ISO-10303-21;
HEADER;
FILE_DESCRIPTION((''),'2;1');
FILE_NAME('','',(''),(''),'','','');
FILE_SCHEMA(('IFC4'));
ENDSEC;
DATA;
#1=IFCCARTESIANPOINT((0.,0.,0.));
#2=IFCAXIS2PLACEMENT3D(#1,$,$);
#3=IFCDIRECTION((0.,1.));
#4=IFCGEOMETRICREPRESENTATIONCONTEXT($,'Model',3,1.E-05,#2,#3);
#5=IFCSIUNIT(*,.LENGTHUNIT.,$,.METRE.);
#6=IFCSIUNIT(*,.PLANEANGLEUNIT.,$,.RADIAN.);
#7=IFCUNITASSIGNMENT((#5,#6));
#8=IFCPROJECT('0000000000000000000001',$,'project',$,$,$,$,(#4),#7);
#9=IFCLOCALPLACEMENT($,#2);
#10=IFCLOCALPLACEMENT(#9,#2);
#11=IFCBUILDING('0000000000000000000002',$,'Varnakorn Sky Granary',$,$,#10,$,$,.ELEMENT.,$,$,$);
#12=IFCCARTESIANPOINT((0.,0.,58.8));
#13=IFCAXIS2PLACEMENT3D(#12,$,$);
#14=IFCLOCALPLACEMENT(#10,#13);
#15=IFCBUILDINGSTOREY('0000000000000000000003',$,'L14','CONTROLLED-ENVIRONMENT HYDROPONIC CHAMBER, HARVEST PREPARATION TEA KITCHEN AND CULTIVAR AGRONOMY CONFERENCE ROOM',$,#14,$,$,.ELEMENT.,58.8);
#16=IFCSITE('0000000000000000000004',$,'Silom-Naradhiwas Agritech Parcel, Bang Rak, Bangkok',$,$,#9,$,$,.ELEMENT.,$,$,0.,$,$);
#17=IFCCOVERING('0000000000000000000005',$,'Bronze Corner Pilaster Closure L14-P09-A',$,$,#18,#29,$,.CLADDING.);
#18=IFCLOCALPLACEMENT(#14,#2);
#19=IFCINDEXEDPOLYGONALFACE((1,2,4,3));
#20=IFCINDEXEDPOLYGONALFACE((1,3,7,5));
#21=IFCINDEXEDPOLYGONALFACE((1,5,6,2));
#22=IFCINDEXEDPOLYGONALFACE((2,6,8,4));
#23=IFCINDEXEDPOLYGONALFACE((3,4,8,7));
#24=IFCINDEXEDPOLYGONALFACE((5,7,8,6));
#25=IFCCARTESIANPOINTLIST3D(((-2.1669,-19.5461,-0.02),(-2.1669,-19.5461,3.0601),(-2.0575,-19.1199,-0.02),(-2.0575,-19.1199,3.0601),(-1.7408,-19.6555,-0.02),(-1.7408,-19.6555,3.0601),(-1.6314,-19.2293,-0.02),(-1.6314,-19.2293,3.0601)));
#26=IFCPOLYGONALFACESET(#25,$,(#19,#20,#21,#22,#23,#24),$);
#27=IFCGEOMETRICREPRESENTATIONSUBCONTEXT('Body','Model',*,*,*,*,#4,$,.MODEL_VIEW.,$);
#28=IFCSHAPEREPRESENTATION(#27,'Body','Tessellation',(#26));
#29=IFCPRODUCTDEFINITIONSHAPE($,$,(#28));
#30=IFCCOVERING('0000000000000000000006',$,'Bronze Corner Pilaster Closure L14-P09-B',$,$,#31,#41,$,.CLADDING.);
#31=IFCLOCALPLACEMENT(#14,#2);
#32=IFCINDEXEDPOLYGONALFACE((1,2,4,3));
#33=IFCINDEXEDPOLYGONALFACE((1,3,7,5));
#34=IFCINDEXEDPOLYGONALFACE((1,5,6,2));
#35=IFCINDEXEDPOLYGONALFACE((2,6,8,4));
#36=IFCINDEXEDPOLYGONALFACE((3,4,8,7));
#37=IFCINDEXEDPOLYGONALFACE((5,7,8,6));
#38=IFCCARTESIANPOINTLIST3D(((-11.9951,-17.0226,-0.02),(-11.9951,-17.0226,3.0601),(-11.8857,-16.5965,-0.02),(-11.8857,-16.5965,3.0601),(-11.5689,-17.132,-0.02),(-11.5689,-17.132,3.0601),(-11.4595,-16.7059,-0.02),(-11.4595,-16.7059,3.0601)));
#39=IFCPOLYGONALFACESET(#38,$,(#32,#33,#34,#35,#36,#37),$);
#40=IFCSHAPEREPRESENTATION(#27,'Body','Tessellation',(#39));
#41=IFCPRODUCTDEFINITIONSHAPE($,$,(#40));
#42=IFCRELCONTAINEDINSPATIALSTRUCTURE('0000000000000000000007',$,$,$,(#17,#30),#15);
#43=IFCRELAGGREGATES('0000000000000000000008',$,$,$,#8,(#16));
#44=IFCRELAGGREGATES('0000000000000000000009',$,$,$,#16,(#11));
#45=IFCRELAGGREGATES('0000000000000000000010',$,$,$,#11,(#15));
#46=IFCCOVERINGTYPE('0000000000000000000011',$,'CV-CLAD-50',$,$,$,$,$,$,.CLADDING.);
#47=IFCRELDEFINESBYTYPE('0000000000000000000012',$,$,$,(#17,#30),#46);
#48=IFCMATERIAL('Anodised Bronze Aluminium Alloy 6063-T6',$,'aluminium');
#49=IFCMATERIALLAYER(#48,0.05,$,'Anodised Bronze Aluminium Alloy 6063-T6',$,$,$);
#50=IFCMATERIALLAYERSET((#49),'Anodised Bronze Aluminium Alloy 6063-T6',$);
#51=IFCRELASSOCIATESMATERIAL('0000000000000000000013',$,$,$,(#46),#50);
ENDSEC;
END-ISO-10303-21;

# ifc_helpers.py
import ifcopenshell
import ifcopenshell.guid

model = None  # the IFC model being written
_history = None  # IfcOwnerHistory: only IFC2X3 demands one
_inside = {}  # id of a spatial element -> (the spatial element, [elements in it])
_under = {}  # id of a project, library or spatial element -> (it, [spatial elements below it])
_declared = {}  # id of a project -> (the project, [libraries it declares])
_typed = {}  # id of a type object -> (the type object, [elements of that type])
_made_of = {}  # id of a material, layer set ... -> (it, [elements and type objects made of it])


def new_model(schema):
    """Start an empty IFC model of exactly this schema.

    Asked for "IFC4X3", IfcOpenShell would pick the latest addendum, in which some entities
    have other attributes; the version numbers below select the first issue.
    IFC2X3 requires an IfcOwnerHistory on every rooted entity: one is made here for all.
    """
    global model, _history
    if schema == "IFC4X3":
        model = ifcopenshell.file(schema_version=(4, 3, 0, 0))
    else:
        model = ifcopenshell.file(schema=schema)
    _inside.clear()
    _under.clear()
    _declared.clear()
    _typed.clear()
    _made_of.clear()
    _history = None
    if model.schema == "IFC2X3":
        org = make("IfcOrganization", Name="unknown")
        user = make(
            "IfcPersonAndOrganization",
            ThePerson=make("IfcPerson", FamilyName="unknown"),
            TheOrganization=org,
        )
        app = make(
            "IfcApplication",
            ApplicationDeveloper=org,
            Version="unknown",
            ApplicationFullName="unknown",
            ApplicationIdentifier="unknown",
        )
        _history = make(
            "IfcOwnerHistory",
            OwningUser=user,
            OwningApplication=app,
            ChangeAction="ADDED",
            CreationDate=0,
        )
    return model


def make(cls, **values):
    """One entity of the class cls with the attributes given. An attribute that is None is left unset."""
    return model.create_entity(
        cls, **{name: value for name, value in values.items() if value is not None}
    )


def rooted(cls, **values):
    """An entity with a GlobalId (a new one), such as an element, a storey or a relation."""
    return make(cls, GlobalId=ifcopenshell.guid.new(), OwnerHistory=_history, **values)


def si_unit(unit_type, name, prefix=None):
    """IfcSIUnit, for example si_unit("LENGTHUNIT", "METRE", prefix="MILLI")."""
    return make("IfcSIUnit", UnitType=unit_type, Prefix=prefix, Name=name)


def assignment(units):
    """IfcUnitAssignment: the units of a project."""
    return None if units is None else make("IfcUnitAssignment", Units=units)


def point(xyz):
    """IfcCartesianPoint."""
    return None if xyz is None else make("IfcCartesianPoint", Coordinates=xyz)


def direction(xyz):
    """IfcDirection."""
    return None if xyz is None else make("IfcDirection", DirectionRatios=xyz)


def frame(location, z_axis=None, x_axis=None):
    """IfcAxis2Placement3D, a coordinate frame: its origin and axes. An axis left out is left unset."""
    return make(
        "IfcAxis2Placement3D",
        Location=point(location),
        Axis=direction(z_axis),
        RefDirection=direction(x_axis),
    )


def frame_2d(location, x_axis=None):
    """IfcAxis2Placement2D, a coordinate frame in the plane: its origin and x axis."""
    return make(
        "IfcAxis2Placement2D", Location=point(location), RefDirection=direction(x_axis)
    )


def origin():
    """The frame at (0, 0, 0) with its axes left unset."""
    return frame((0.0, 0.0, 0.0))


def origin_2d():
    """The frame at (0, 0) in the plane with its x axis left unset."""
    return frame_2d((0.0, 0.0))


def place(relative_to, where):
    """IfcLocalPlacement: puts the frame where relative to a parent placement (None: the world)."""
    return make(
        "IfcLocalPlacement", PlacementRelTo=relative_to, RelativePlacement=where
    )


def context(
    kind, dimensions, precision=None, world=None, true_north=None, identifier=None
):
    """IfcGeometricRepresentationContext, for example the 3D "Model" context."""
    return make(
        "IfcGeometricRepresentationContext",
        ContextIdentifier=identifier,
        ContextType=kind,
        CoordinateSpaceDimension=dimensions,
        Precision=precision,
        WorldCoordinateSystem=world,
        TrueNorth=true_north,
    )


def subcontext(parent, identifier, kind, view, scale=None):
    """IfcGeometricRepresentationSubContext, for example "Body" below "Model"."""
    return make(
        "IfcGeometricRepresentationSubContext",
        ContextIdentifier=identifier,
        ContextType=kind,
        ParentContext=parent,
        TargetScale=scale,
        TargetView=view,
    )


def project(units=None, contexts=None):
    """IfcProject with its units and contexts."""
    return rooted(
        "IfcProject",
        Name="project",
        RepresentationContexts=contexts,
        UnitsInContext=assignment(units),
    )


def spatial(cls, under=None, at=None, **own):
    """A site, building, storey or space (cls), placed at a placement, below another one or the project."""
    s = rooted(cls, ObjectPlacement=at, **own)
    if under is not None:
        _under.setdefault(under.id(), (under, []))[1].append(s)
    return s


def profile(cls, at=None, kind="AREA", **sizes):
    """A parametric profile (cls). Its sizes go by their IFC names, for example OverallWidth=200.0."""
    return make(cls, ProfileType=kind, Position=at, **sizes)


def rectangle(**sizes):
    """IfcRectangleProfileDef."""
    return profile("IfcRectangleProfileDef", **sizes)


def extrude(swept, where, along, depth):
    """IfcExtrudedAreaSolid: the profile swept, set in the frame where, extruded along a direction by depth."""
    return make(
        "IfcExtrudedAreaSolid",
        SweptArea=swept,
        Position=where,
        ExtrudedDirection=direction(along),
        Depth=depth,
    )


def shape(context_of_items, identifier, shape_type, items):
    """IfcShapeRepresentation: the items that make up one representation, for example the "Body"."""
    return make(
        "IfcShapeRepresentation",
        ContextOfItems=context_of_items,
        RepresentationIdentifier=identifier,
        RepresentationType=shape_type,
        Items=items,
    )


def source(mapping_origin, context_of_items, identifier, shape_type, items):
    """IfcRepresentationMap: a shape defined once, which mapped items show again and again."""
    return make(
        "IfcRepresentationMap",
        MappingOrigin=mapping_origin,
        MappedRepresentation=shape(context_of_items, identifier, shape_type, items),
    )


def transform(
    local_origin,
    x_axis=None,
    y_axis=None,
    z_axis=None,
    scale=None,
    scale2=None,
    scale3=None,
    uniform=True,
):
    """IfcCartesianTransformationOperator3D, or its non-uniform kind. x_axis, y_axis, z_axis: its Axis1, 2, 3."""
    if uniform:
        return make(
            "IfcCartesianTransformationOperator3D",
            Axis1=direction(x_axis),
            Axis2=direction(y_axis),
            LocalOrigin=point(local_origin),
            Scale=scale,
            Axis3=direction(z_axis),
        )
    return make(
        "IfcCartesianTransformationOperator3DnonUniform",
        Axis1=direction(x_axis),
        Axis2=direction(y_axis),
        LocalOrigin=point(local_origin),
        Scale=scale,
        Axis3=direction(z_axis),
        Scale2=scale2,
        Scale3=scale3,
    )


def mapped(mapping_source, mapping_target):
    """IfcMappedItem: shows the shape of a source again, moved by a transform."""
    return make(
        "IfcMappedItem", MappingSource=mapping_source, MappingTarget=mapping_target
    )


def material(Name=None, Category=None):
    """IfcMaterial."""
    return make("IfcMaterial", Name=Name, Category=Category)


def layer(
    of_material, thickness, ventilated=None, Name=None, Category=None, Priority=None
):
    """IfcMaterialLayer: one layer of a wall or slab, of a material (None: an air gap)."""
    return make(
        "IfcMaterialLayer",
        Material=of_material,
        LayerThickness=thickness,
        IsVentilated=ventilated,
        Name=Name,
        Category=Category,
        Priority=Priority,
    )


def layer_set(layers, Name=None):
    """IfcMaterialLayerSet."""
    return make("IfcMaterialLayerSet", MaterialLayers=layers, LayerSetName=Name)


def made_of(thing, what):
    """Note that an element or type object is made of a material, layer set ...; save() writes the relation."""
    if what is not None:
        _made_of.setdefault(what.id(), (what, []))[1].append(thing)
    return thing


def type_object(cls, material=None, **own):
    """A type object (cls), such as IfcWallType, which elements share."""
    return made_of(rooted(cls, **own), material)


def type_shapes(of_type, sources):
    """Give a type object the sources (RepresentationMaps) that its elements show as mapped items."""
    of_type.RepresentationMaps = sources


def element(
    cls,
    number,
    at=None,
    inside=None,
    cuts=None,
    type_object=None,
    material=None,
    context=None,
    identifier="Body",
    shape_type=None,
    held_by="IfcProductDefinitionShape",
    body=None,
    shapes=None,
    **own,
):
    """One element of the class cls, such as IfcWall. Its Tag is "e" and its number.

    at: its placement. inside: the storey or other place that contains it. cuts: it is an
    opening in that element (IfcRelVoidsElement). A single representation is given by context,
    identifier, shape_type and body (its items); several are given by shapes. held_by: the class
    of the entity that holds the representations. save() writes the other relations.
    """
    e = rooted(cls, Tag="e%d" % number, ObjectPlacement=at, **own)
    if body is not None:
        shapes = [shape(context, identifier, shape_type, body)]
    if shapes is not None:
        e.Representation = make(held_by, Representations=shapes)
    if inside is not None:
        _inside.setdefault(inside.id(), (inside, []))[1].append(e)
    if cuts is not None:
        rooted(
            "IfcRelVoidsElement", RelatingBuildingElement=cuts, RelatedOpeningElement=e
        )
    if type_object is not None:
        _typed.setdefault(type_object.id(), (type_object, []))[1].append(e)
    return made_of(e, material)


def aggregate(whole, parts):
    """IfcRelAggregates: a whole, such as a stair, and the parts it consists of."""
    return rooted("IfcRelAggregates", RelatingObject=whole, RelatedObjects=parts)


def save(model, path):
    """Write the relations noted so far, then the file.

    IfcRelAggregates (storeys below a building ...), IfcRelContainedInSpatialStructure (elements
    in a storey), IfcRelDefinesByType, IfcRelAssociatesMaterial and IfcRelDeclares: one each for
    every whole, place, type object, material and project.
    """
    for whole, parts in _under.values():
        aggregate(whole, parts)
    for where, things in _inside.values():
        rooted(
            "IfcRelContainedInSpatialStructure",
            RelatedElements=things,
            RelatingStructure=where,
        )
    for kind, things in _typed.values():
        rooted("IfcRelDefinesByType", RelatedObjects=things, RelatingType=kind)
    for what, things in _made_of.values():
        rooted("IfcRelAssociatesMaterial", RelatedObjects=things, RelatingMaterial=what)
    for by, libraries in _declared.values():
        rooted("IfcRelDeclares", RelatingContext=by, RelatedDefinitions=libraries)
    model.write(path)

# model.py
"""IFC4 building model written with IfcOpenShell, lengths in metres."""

from ifc_helpers import new_model, si_unit, direction, frame, origin, origin_2d, place, context, subcontext, project, spatial, rectangle, extrude, source, transform, mapped, material, layer, layer_set, type_object, type_shapes, element, save


model = new_model("IFC4")

# Units and contexts
model_context = context("Model", 3, precision=1e-05, world=origin(), true_north=direction((0.0, 1.0)))
body_context = subcontext(model_context, "Body", "Model", "MODEL_VIEW")
ifc_project = project(units=[si_unit("LENGTHUNIT", "METRE"), si_unit("PLANEANGLEUNIT", "RADIAN")], contexts=[model_context])

# Site, building, storey
site_placement = place(None, origin())
site = spatial("IfcSite", under=ifc_project, at=site_placement, Name="Silom-Naradhiwas Agritech Parcel, Bang Rak, Bangkok", CompositionType="ELEMENT", RefElevation=0.0)
building_placement = place(site_placement, origin())
building = spatial("IfcBuilding", under=site, at=building_placement, Name="Varnakorn Sky Granary", CompositionType="ELEMENT")
storey_placement = place(building_placement, frame((0.0, 0.0, 58.8)))
storey = spatial("IfcBuildingStorey", under=building, at=storey_placement, Name="L14", Description="CONTROLLED-ENVIRONMENT HYDROPONIC CHAMBER, HARVEST PREPARATION TEA KITCHEN AND CULTIVAR AGRONOMY CONFERENCE ROOM", CompositionType="ELEMENT", Elevation=58.8)

# Shared definitions
ifc_material_1 = material(Name="Anodised Bronze Aluminium Alloy 6063-T6", Category="aluminium")

# Coverings
ifc_layer_1 = layer(ifc_material_1, 0.05, Name="Anodised Bronze Aluminium Alloy 6063-T6")
ifc_layer_set_1 = layer_set([ifc_layer_1], Name="Anodised Bronze Aluminium Alloy 6063-T6")
covering_type = type_object("IfcCoveringType", Name="CV-CLAD-50", PredefinedType="CLADDING", material=ifc_layer_set_1)
shared_shape_1 = source(origin(), body_context, "Body", "SweptSolid", [
    extrude(rectangle(XDim=0.4399, YDim=0.4399, at=origin_2d()), origin(), (0.0, 0.0, 1.0), 3.0801),
])
type_shapes(covering_type, [shared_shape_1])
for number, where, z_axis, x_axis, name in (
    (1, (-1.8992, -19.3877, -0.02), (0.0, 0.0, 1.0), (-0.968583, 0.24869, 0.0), "Bronze Corner Pilaster Closure L14-P09-A"),
    (2, (-11.7273, -16.8643, -0.02), (0.0, 0.0, 1.0), (-0.968583, 0.24869, 0.0), "Bronze Corner Pilaster Closure L14-P09-B"),
):
    element("IfcCovering", number, at=place(storey_placement, frame(where, z_axis=z_axis, x_axis=x_axis)), inside=storey, type_object=covering_type, Name=name, PredefinedType="CLADDING", context=body_context, shape_type="MappedRepresentation", body=[
        mapped(shared_shape_1, transform((0.0, 0.0, 0.0), x_axis=(1.0, 0.0, 0.0), y_axis=(0.0, 1.0, 0.0), z_axis=(0.0, 0.0, 1.0), scale=1.0)),
    ])

save(model, "model.ifc")
